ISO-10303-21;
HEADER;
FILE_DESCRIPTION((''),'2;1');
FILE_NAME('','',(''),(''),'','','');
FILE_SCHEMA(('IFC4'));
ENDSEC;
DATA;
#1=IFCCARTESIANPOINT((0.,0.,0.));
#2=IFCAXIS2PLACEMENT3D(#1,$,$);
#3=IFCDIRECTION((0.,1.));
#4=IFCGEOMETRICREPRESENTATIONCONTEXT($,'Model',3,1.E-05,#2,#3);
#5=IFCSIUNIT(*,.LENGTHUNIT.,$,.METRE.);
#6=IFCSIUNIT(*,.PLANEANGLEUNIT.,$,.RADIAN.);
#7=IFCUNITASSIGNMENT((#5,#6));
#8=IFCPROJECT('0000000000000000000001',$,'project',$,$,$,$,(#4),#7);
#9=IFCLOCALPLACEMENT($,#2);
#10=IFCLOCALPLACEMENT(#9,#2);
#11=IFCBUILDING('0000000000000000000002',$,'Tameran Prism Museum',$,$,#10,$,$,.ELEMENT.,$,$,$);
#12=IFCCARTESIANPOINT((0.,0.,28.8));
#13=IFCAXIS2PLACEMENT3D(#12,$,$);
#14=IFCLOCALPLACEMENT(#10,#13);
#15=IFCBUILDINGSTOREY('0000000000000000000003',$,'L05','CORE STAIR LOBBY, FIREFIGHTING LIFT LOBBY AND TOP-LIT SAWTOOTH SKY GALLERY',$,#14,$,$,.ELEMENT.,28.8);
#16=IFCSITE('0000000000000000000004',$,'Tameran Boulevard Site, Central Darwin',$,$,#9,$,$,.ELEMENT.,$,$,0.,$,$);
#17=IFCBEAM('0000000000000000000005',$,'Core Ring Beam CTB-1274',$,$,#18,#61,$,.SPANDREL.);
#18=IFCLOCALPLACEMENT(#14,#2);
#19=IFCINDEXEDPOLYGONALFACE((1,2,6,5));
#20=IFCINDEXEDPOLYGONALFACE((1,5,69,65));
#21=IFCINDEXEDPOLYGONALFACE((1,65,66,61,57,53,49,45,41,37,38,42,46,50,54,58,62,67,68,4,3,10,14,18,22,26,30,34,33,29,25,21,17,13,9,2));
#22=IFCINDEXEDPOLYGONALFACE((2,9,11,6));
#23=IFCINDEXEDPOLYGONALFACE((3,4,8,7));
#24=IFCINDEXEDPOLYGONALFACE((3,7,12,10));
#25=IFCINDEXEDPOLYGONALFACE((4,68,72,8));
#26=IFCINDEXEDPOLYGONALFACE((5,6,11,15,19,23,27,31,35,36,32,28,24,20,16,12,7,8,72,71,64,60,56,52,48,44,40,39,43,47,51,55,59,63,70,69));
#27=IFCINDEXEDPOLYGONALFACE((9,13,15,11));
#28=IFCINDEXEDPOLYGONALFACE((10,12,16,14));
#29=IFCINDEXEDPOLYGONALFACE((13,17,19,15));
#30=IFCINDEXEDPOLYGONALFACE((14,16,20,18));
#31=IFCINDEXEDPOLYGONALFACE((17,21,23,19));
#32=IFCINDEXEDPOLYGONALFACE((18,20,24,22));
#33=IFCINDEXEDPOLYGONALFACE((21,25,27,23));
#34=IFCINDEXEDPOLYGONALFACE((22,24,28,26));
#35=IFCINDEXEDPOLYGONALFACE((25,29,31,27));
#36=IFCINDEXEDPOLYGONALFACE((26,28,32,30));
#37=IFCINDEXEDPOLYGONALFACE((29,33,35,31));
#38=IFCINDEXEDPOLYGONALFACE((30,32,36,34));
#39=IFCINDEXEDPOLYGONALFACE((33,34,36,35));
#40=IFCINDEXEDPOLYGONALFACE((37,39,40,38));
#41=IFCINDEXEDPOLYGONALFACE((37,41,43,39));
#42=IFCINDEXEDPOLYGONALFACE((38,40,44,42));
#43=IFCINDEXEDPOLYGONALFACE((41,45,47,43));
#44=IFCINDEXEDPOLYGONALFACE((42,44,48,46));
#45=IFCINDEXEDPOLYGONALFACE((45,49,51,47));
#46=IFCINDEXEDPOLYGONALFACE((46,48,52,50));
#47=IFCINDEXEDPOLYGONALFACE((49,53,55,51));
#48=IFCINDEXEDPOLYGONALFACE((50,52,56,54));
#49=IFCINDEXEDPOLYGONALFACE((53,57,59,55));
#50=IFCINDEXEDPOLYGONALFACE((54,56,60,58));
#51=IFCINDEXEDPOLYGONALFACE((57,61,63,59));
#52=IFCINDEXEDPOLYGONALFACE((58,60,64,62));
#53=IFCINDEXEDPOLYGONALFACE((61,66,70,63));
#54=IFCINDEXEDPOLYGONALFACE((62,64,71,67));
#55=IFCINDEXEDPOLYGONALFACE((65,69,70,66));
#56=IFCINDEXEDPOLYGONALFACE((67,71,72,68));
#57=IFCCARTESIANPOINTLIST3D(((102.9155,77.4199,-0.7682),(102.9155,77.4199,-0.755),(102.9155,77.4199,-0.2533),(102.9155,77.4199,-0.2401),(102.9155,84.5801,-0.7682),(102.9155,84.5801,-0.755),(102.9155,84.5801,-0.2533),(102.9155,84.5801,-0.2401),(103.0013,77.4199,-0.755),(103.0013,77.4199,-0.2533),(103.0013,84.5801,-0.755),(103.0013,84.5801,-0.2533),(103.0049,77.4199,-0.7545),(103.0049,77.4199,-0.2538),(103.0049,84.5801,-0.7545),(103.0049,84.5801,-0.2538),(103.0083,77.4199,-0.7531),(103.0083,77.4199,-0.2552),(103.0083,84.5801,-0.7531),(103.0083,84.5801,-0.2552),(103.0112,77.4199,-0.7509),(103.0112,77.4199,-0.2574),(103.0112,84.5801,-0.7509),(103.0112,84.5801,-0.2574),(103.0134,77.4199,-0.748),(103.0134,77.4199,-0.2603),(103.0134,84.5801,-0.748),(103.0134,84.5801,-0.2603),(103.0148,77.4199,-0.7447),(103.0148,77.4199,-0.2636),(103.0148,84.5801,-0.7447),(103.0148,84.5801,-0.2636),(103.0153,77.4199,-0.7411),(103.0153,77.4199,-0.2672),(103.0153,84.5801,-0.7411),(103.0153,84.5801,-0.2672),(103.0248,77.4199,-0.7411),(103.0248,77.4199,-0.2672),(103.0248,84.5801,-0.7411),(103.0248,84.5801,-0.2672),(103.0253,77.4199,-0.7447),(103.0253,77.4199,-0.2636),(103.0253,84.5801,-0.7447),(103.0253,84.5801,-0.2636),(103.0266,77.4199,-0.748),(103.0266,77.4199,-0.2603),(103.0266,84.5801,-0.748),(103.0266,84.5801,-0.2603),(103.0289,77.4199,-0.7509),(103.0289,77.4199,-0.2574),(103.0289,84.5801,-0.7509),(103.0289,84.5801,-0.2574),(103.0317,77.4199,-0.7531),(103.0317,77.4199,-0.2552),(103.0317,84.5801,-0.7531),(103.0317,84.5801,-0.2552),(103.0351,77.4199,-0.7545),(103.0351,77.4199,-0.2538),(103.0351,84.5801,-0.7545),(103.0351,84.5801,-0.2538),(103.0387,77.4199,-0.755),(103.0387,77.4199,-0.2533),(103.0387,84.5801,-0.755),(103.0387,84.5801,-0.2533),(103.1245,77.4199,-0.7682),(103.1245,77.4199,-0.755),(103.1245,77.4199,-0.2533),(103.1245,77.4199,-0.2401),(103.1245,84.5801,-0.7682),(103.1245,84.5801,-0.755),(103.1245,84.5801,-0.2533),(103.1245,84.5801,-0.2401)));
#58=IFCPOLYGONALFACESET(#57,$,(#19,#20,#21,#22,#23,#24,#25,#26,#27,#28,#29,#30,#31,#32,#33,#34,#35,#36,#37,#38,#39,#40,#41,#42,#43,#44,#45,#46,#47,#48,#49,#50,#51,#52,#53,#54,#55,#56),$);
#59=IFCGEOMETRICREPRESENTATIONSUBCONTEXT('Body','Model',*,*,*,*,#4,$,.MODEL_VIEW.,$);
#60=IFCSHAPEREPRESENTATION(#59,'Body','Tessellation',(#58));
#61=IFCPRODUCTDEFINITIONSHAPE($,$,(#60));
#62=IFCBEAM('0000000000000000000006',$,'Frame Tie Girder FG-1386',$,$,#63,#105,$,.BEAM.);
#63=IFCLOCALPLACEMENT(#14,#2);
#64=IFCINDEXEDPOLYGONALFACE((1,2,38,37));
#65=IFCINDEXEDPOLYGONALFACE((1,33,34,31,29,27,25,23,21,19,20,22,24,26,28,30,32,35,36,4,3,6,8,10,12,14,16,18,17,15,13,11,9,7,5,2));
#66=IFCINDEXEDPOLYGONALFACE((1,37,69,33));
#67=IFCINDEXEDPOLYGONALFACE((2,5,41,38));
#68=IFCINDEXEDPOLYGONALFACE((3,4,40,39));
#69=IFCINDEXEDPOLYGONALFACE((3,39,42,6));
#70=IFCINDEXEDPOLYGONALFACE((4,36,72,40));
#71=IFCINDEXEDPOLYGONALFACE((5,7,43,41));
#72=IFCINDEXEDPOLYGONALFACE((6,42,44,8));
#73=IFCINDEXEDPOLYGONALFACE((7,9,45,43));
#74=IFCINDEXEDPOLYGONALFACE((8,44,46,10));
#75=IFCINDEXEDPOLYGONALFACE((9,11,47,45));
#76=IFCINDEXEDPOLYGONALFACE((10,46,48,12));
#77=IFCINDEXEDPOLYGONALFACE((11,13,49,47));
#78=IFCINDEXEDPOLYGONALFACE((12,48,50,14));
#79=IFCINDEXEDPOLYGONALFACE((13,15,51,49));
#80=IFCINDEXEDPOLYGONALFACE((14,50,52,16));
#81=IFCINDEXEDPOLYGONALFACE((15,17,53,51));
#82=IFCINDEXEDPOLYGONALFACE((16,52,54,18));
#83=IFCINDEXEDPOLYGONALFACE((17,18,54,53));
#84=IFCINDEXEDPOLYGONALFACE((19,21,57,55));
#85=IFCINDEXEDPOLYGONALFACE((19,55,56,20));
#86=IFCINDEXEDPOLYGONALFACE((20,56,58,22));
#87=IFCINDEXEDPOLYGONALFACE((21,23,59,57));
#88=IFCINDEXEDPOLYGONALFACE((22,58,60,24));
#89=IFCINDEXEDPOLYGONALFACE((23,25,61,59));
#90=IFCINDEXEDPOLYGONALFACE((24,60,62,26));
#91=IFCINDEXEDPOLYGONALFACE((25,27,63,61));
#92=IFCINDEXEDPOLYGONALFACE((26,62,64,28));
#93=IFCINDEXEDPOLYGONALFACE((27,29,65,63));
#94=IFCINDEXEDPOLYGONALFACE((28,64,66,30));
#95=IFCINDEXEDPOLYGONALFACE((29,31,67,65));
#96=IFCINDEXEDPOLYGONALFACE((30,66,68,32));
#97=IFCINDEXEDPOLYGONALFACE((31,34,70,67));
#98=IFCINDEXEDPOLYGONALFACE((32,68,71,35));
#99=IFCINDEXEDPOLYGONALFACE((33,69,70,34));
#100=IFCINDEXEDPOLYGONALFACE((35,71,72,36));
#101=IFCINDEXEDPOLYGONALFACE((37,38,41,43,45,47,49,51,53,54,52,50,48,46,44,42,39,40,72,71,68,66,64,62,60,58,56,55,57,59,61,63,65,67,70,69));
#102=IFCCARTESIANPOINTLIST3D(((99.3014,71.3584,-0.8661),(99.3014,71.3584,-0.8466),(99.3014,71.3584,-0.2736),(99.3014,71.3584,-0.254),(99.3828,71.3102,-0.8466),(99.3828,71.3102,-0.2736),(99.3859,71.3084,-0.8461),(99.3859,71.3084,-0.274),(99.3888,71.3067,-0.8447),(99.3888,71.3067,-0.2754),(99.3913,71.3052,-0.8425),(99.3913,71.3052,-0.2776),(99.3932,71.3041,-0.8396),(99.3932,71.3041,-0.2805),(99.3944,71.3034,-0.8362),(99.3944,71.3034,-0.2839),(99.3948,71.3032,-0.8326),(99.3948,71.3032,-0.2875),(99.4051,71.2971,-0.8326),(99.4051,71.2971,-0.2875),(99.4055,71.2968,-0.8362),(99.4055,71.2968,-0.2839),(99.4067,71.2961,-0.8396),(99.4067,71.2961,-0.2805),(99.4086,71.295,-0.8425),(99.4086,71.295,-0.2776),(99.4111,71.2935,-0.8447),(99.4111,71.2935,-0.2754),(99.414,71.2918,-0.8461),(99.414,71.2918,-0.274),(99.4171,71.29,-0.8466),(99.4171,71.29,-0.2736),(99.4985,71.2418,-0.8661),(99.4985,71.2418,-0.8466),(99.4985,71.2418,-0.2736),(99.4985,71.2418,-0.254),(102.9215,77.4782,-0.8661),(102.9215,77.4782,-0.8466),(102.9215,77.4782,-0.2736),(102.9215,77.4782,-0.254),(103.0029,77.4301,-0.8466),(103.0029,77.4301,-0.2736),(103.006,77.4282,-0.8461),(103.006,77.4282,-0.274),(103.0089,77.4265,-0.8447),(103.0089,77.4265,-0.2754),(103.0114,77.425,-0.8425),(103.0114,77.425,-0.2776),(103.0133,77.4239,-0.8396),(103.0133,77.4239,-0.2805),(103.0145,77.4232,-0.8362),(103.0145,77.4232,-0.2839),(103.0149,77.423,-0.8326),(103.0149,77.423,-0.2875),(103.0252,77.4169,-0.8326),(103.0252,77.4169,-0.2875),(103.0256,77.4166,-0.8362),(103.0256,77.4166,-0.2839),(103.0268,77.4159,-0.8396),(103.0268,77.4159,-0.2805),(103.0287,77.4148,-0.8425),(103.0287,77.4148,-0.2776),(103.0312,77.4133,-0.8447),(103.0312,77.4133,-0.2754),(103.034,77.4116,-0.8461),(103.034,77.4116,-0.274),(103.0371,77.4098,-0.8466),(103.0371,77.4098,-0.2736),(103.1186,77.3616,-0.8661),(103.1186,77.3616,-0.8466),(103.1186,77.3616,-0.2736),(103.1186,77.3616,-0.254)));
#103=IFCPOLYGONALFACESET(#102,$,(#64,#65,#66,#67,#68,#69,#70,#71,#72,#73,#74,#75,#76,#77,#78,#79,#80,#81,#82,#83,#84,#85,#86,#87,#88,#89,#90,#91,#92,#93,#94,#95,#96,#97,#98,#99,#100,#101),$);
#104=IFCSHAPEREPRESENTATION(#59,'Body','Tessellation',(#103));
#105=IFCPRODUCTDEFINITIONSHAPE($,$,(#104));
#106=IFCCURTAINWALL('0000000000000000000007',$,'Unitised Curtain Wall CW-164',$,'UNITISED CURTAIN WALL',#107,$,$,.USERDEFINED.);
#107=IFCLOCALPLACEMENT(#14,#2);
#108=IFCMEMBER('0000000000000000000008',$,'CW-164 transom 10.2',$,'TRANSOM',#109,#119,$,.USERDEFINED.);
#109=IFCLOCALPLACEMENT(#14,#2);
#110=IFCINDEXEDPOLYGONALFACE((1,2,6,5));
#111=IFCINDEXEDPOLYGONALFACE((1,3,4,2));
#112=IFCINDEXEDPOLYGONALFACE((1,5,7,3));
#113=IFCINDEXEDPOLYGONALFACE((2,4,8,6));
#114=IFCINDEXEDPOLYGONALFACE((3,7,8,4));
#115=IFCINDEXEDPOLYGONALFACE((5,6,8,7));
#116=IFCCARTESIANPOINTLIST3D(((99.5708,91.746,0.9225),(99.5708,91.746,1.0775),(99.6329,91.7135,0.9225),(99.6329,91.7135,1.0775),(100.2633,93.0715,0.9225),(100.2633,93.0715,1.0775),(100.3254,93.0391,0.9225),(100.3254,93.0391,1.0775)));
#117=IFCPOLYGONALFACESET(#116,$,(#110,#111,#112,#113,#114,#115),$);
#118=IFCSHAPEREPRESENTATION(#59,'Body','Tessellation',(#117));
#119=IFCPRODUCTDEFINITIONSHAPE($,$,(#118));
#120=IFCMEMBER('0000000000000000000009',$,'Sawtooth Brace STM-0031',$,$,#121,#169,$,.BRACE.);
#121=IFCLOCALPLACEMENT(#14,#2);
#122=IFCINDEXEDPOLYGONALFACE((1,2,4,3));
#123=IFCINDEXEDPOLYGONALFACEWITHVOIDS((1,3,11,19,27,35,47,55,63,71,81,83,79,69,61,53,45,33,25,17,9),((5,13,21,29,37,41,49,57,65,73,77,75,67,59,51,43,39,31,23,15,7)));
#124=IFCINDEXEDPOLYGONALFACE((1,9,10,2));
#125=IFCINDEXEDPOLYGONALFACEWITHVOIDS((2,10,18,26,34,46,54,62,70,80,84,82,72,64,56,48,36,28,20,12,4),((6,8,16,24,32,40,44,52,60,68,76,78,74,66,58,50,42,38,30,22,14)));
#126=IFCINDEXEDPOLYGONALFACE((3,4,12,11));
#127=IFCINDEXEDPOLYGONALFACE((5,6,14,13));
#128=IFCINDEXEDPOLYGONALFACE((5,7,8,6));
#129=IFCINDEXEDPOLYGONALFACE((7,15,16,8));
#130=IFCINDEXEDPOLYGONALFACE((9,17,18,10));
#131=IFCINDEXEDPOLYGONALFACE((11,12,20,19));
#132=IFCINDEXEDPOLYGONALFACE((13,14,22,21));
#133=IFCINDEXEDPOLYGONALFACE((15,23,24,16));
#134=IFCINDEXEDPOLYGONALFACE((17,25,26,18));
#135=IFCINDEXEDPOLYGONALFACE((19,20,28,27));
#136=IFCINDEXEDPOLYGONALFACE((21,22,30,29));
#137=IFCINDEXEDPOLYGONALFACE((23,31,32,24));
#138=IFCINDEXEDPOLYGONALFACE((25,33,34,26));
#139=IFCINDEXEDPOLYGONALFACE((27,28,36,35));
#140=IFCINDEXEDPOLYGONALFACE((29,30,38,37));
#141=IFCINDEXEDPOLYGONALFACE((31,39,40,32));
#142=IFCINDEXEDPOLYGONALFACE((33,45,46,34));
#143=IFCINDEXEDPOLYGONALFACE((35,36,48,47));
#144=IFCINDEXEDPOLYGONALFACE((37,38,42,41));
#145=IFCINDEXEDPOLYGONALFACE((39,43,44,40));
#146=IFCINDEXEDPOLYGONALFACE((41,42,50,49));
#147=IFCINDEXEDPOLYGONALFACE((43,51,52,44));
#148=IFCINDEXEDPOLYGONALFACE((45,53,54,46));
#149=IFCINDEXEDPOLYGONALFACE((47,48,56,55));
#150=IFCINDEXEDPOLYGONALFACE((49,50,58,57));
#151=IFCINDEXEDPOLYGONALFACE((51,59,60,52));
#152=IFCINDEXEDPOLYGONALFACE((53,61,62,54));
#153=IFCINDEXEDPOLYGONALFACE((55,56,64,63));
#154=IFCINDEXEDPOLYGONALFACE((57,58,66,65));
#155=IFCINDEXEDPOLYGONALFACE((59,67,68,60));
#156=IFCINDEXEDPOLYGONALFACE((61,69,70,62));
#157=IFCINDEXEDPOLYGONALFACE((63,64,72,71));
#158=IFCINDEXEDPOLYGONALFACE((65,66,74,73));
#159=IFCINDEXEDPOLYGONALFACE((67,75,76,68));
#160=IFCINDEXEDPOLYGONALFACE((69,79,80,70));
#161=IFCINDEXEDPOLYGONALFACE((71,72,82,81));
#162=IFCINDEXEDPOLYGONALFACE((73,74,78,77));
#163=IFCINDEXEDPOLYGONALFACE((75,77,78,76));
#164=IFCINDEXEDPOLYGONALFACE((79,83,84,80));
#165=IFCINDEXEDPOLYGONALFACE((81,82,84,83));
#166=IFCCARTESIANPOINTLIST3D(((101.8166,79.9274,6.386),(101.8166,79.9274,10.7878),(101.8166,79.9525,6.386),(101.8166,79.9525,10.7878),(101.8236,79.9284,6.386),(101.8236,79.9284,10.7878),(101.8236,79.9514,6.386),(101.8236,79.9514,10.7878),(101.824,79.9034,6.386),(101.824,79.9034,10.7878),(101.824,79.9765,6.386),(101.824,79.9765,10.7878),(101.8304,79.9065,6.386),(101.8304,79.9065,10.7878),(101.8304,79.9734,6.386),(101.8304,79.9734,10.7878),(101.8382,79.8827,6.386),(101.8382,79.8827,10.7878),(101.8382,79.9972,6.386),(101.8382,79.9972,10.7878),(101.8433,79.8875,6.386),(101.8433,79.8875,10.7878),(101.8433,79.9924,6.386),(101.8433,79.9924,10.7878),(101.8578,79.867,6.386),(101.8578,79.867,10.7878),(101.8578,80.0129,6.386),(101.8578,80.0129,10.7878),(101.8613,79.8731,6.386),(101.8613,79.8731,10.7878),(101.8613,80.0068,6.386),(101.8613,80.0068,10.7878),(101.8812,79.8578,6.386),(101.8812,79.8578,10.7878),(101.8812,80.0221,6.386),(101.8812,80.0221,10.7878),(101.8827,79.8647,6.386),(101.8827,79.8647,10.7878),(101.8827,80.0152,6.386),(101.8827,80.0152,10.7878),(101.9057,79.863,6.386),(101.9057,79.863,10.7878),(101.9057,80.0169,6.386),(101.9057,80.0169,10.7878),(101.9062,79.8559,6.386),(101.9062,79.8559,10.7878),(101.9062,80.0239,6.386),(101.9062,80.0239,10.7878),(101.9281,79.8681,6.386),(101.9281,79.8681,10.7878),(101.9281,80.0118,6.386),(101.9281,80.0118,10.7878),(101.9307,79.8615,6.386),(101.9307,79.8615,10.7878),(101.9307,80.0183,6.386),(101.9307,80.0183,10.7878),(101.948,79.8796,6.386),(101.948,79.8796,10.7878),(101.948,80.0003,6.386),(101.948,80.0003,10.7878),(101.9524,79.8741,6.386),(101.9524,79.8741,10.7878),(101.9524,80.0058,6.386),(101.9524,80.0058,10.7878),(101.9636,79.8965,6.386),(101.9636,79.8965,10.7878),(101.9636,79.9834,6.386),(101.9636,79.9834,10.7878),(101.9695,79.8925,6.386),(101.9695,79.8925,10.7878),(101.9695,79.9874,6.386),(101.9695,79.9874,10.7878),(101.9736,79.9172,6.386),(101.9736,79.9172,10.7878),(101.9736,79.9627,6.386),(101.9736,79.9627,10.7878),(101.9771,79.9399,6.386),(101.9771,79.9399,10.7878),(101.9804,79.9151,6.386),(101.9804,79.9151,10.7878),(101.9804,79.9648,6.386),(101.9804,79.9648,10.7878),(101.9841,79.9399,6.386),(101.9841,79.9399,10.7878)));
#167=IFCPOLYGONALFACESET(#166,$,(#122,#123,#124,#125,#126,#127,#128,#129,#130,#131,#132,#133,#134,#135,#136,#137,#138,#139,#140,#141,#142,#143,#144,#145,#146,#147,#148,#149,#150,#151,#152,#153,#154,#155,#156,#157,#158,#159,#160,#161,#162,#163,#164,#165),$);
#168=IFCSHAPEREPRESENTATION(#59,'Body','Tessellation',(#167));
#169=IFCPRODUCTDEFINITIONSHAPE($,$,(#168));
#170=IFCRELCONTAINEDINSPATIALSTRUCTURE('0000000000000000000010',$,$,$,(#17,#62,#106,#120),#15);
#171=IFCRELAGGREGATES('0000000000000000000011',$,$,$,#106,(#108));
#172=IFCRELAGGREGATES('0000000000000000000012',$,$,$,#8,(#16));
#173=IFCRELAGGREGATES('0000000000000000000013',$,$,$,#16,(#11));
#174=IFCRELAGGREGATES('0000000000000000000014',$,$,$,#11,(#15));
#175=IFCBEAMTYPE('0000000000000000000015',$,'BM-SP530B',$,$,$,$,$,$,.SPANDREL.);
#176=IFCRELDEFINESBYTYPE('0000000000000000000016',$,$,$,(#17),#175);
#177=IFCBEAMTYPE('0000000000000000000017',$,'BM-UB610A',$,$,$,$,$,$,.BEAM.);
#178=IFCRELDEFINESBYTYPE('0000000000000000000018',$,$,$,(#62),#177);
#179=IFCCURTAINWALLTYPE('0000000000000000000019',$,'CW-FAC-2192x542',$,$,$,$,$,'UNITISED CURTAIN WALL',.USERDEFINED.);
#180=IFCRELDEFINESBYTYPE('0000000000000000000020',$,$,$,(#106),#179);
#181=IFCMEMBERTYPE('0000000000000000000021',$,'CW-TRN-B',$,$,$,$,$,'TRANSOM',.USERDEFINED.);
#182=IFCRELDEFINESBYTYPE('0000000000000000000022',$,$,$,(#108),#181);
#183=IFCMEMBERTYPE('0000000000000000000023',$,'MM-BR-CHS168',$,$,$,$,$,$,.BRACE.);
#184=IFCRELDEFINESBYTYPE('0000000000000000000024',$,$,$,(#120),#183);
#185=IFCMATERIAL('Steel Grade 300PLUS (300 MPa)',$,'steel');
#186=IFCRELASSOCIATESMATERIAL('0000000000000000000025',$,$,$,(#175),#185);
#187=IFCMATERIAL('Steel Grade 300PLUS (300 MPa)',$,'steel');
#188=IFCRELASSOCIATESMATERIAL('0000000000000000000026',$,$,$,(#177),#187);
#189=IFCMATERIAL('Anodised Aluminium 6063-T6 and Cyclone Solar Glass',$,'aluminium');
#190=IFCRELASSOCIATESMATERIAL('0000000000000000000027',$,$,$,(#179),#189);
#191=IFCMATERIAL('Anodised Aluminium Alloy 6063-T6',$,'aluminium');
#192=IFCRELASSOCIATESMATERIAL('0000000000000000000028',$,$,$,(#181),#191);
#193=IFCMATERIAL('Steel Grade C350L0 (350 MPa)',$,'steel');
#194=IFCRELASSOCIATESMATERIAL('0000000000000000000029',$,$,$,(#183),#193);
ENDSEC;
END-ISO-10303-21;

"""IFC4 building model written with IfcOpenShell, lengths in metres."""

from ifc_helpers import new_model, si_unit, direction, frame, origin, origin_2d, place, context, subcontext, project, spatial, rectangle, hollow_circle, i_section, extrude, material, material_profile, profile_set, type_object, element, aggregate, save


model = new_model("IFC4")

# Units and contexts
model_context = context("Model", 3, precision=1e-05, world=origin(), true_north=direction((0.0, 1.0)))
body_context = subcontext(model_context, "Body", "Model", "MODEL_VIEW")
ifc_project = project(units=[si_unit("LENGTHUNIT", "METRE"), si_unit("PLANEANGLEUNIT", "RADIAN")], contexts=[model_context])

# Site, building, storey
site_placement = place(None, origin())
site = spatial("IfcSite", under=ifc_project, at=site_placement, Name="Tameran Boulevard Site, Central Darwin", CompositionType="ELEMENT", RefElevation=0.0)
building_placement = place(site_placement, origin())
building = spatial("IfcBuilding", under=site, at=building_placement, Name="Tameran Prism Museum", CompositionType="ELEMENT")
storey_placement = place(building_placement, frame((0.0, 0.0, 28.8)))
storey = spatial("IfcBuildingStorey", under=building, at=storey_placement, Name="L05", Description="CORE STAIR LOBBY, FIREFIGHTING LIFT LOBBY AND TOP-LIT SAWTOOTH SKY GALLERY", CompositionType="ELEMENT", Elevation=28.8)

# Beams
ifc_material_1 = material(Name="Steel Grade 300PLUS (300 MPa)", Category="steel")
ifc_material_profile_1 = material_profile(ifc_material_1, i_section(OverallWidth=0.209, OverallDepth=0.5281, WebThickness=0.0095, FlangeThickness=0.0132, FilletRadius=0.0139, at=origin_2d()))
ifc_profile_set_1 = profile_set([ifc_material_profile_1])
beam_type_1 = type_object("IfcBeamType", Name="BM-SP530B", PredefinedType="SPANDREL", material=ifc_profile_set_1)
beam_1_placement = place(storey_placement, frame((103.02, 84.5801, -0.5042), z_axis=(0.0, -1.0, 0.0), x_axis=(1.0, 0.0, 0.0)))
element("IfcBeam", 1, at=beam_1_placement, inside=storey, type_object=beam_type_1, Name="Core Ring Beam CTB-1274", PredefinedType="SPANDREL", context=body_context, shape_type="SweptSolid", body=[
    extrude(i_section(OverallWidth=0.209, OverallDepth=0.5281, WebThickness=0.0095, FlangeThickness=0.0132, FilletRadius=0.0139, at=origin_2d()), origin(), (0.0, 0.0, 1.0), 7.1602),
])
ifc_material_2 = material(Name="Steel Grade 300PLUS (300 MPa)", Category="steel")
ifc_material_profile_2 = material_profile(ifc_material_2, i_section(OverallWidth=0.229, OverallDepth=0.6121, WebThickness=0.012, FlangeThickness=0.0195, FilletRadius=0.0139, at=origin_2d()))
ifc_profile_set_2 = profile_set([ifc_material_profile_2])
beam_type_2 = type_object("IfcBeamType", Name="BM-UB610A", PredefinedType="BEAM", material=ifc_profile_set_2)
beam_2_placement = place(storey_placement, frame((103.02, 77.4199, -0.5601), z_axis=(-0.509128, -0.860691, 0.0), x_axis=(0.860691, -0.509128, 0.0)))
element("IfcBeam", 2, at=beam_2_placement, inside=storey, type_object=beam_type_2, Name="Frame Tie Girder FG-1386", PredefinedType="BEAM", context=body_context, shape_type="SweptSolid", body=[
    extrude(i_section(OverallWidth=0.229, OverallDepth=0.6121, WebThickness=0.012, FlangeThickness=0.0195, FilletRadius=0.0139, at=origin_2d()), origin(), (0.0, 0.0, 1.0), 7.1104),
])

# Curtain wall, member
ifc_material_3 = material(Name="Anodised Aluminium 6063-T6 and Cyclone Solar Glass", Category="aluminium")
curtain_wall_type = type_object("IfcCurtainWallType", Name="CW-FAC-2192x542", ElementType="UNITISED CURTAIN WALL", PredefinedType="USERDEFINED", material=ifc_material_3)
curtain_wall_placement = place(storey_placement, origin())
curtain_wall = element("IfcCurtainWall", 3, at=curtain_wall_placement, inside=storey, type_object=curtain_wall_type, Name="Unitised Curtain Wall CW-164", ObjectType="UNITISED CURTAIN WALL", PredefinedType="USERDEFINED")
ifc_material_4 = material(Name="Anodised Aluminium Alloy 6063-T6", Category="aluminium")
ifc_material_profile_3 = material_profile(ifc_material_4, rectangle(XDim=0.0701, YDim=0.155, at=origin_2d()))
ifc_profile_set_3 = profile_set([ifc_material_profile_3])
member_type_1 = type_object("IfcMemberType", Name="CW-TRN-B", ElementType="TRANSOM", PredefinedType="USERDEFINED", material=ifc_profile_set_3)
member_1_placement = place(storey_placement, frame((99.6018, 91.7297, 1.0), z_axis=(0.463074, 0.88632, 0.0), x_axis=(-0.88632, 0.463074, 0.0)))
member_1 = element("IfcMember", 4, at=member_1_placement, type_object=member_type_1, Name="CW-164 transom 10.2", ObjectType="TRANSOM", PredefinedType="USERDEFINED", context=body_context, shape_type="SweptSolid", body=[
    extrude(rectangle(XDim=0.0701, YDim=0.155, at=origin_2d()), origin(), (0.0, 0.0, 1.0), 1.4956),
])
aggregate(curtain_wall, [member_1])

# Member
ifc_material_5 = material(Name="Steel Grade C350L0 (350 MPa)", Category="steel")
ifc_material_profile_4 = material_profile(ifc_material_5, hollow_circle(Radius=0.0842, WallThickness=0.0071, at=origin_2d()))
ifc_profile_set_4 = profile_set([ifc_material_profile_4])
member_type_2 = type_object("IfcMemberType", Name="MM-BR-CHS168", PredefinedType="BRACE", material=ifc_profile_set_4)
member_2_placement = place(storey_placement, frame((101.8999, 79.9399, 6.386), z_axis=(0.0, 0.0, 1.0), x_axis=(1.0, 0.0, 0.0)))
element("IfcMember", 5, at=member_2_placement, inside=storey, type_object=member_type_2, Name="Sawtooth Brace STM-0031", PredefinedType="BRACE", context=body_context, shape_type="SweptSolid", body=[
    extrude(hollow_circle(Radius=0.0842, WallThickness=0.0071, at=origin_2d()), origin(), (0.0, 0.0, 1.0), 4.4019),
])

save(model, "model.ifc")
